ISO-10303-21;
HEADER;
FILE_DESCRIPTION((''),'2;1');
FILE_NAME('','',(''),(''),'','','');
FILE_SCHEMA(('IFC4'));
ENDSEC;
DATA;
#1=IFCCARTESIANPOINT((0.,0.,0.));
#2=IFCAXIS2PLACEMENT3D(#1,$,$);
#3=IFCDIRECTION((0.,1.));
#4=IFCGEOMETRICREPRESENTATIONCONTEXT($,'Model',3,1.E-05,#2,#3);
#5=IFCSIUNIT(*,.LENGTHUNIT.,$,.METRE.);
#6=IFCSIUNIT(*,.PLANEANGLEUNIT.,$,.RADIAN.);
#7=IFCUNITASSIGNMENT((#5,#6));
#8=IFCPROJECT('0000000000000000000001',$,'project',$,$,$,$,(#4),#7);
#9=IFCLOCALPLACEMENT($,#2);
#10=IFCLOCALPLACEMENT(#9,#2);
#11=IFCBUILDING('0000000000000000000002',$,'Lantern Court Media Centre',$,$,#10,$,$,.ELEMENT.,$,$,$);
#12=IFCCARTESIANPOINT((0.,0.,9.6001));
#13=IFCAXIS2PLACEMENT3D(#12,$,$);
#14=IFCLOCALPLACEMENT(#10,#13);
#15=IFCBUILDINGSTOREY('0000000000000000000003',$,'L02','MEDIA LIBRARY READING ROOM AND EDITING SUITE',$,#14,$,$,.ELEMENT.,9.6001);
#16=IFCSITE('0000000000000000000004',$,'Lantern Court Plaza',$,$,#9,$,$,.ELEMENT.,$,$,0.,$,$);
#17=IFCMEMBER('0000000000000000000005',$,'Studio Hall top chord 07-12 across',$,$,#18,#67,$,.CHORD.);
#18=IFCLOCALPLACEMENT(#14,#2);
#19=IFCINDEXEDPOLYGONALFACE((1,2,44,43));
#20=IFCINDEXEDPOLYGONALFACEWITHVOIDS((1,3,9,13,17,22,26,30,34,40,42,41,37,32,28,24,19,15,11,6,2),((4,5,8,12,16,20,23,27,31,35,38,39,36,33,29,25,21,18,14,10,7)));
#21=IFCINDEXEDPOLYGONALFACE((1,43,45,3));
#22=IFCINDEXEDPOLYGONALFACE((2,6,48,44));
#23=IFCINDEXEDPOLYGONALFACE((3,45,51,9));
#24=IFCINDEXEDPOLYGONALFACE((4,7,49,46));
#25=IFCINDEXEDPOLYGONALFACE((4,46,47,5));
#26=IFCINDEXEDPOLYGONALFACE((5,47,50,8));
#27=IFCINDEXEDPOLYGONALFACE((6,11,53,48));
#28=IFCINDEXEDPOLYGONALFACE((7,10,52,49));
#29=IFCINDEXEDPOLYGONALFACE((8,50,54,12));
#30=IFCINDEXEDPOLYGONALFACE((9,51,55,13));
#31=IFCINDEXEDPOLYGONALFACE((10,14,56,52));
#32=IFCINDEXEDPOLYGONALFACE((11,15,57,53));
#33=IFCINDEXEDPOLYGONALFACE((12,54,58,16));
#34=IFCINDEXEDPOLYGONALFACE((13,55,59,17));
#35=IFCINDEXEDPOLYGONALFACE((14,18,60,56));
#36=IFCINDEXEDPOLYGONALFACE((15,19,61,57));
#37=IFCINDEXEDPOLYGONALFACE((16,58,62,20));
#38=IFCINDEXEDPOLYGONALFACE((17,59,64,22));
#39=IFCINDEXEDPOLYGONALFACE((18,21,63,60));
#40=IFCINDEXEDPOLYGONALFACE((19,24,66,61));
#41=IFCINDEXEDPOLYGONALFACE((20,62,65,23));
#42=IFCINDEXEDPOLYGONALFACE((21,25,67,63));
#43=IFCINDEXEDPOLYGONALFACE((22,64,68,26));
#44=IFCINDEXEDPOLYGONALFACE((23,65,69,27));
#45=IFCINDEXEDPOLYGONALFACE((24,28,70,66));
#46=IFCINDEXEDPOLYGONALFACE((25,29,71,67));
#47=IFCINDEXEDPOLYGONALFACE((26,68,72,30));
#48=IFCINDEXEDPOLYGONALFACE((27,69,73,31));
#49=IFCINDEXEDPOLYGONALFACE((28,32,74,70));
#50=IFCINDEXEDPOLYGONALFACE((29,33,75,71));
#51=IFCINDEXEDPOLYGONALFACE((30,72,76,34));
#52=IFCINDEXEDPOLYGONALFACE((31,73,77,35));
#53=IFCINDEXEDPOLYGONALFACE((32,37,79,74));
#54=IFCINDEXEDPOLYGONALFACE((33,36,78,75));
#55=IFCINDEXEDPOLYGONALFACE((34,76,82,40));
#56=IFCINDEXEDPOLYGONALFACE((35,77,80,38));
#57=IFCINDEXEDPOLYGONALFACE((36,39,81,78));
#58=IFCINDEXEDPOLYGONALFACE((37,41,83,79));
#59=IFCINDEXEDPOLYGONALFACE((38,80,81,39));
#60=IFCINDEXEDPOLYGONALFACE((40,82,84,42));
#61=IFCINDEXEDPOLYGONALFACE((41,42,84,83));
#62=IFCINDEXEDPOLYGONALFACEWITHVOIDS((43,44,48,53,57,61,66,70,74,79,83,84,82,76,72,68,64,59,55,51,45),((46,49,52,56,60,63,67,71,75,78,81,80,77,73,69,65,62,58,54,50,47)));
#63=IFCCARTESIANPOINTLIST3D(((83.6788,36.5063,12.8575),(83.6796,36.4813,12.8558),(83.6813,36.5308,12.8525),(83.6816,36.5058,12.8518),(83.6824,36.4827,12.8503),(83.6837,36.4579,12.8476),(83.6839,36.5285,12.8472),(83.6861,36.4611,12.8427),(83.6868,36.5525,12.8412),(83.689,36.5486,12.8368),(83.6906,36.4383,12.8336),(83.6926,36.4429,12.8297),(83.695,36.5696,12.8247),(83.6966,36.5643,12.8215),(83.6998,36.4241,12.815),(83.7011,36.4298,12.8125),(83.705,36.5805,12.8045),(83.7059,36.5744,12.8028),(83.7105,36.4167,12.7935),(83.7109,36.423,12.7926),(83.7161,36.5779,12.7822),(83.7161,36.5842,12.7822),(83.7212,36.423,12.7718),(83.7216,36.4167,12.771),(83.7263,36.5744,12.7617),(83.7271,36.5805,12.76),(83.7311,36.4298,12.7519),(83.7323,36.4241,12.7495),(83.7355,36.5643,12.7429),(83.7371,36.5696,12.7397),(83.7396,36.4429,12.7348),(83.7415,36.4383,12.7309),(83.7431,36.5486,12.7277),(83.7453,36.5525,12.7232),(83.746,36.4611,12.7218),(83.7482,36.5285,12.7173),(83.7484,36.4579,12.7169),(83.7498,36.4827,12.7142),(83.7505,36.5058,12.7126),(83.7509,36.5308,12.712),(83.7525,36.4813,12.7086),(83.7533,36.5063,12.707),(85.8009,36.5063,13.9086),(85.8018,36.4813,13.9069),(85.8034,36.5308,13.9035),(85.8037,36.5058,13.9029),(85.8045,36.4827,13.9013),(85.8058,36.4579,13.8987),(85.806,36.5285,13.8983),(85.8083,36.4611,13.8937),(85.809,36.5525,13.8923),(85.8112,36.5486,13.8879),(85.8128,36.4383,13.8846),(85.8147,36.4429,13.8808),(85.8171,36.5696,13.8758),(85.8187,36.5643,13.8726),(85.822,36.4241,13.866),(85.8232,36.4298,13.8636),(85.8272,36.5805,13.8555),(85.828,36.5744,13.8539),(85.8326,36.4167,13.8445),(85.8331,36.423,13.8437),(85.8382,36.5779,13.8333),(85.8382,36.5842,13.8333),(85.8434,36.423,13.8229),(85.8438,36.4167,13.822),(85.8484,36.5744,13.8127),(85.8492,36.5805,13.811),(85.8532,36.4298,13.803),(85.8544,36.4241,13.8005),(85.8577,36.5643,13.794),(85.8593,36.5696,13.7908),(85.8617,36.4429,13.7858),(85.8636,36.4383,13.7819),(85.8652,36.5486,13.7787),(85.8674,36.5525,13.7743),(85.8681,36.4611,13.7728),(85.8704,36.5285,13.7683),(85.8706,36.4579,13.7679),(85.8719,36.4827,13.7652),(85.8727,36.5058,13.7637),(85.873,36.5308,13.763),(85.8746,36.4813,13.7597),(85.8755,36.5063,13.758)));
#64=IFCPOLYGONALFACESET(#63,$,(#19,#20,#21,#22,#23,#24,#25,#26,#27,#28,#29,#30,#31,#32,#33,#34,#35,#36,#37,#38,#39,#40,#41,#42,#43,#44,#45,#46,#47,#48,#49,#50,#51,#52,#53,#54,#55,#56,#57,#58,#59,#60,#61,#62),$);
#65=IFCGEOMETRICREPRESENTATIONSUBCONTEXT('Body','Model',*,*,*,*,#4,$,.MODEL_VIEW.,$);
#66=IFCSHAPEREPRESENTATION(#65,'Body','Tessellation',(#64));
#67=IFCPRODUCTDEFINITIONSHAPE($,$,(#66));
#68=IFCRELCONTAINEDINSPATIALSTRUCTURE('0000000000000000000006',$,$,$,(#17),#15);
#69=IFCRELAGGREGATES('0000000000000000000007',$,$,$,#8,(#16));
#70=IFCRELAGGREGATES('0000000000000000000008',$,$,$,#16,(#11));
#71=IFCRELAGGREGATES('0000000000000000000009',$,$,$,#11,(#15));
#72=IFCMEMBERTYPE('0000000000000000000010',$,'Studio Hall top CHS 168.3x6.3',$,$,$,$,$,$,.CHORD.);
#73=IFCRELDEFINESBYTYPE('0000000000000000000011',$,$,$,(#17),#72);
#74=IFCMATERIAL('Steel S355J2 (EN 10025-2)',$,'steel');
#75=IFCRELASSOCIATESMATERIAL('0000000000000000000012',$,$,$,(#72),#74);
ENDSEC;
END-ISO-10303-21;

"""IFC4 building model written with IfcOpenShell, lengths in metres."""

from ifc_helpers import new_model, si_unit, direction, frame, origin, origin_2d, place, context, subcontext, project, spatial, hollow_circle, extrude, material, material_profile, profile_set, type_object, element, save


model = new_model("IFC4")

# Units and contexts
model_context = context("Model", 3, precision=1e-05, world=origin(), true_north=direction((0.0, 1.0)))
body_context = subcontext(model_context, "Body", "Model", "MODEL_VIEW")
ifc_project = project(units=[si_unit("LENGTHUNIT", "METRE"), si_unit("PLANEANGLEUNIT", "RADIAN")], contexts=[model_context])

# Site, building, storey
site_placement = place(None, origin())
site = spatial("IfcSite", under=ifc_project, at=site_placement, Name="Lantern Court Plaza", CompositionType="ELEMENT", RefElevation=0.0)
building_placement = place(site_placement, origin())
building = spatial("IfcBuilding", under=site, at=building_placement, Name="Lantern Court Media Centre", CompositionType="ELEMENT")
storey_placement = place(building_placement, frame((0.0, 0.0, 9.6001)))
storey = spatial("IfcBuildingStorey", under=building, at=storey_placement, Name="L02", Description="MEDIA LIBRARY READING ROOM AND EDITING SUITE", CompositionType="ELEMENT", Elevation=9.6001)

# Member
ifc_material = material(Name="Steel S355J2 (EN 10025-2)", Category="steel")
ifc_material_profile_1 = material_profile(ifc_material, hollow_circle(Radius=0.0842, WallThickness=0.0063, at=origin_2d()), Name="Studio Hall top CHS 168.3x6.3")
ifc_profile_set_1 = profile_set([ifc_material_profile_1], Name="Steel S355J2 (EN 10025-2)")
member_type_1 = type_object("IfcMemberType", Name="Studio Hall top CHS 168.3x6.3", PredefinedType="CHORD", material=ifc_profile_set_1)
member_1_placement = place(storey_placement, frame((83.7161, 36.5, 12.7822), z_axis=(0.896112, 0.0, 0.443829), x_axis=(0.0, 1.0, 0.0)))
element("IfcMember", 1, at=member_1_placement, inside=storey, type_object=member_type_1, Name="Studio Hall top chord 07-12 across", PredefinedType="CHORD", context=body_context, shape_type="SweptSolid", body=[
    extrude(hollow_circle(Radius=0.0842, WallThickness=0.0063, at=origin_2d()), origin(), (0.0, 0.0, 1.0), 2.3682),
])

save(model, "model.ifc")
